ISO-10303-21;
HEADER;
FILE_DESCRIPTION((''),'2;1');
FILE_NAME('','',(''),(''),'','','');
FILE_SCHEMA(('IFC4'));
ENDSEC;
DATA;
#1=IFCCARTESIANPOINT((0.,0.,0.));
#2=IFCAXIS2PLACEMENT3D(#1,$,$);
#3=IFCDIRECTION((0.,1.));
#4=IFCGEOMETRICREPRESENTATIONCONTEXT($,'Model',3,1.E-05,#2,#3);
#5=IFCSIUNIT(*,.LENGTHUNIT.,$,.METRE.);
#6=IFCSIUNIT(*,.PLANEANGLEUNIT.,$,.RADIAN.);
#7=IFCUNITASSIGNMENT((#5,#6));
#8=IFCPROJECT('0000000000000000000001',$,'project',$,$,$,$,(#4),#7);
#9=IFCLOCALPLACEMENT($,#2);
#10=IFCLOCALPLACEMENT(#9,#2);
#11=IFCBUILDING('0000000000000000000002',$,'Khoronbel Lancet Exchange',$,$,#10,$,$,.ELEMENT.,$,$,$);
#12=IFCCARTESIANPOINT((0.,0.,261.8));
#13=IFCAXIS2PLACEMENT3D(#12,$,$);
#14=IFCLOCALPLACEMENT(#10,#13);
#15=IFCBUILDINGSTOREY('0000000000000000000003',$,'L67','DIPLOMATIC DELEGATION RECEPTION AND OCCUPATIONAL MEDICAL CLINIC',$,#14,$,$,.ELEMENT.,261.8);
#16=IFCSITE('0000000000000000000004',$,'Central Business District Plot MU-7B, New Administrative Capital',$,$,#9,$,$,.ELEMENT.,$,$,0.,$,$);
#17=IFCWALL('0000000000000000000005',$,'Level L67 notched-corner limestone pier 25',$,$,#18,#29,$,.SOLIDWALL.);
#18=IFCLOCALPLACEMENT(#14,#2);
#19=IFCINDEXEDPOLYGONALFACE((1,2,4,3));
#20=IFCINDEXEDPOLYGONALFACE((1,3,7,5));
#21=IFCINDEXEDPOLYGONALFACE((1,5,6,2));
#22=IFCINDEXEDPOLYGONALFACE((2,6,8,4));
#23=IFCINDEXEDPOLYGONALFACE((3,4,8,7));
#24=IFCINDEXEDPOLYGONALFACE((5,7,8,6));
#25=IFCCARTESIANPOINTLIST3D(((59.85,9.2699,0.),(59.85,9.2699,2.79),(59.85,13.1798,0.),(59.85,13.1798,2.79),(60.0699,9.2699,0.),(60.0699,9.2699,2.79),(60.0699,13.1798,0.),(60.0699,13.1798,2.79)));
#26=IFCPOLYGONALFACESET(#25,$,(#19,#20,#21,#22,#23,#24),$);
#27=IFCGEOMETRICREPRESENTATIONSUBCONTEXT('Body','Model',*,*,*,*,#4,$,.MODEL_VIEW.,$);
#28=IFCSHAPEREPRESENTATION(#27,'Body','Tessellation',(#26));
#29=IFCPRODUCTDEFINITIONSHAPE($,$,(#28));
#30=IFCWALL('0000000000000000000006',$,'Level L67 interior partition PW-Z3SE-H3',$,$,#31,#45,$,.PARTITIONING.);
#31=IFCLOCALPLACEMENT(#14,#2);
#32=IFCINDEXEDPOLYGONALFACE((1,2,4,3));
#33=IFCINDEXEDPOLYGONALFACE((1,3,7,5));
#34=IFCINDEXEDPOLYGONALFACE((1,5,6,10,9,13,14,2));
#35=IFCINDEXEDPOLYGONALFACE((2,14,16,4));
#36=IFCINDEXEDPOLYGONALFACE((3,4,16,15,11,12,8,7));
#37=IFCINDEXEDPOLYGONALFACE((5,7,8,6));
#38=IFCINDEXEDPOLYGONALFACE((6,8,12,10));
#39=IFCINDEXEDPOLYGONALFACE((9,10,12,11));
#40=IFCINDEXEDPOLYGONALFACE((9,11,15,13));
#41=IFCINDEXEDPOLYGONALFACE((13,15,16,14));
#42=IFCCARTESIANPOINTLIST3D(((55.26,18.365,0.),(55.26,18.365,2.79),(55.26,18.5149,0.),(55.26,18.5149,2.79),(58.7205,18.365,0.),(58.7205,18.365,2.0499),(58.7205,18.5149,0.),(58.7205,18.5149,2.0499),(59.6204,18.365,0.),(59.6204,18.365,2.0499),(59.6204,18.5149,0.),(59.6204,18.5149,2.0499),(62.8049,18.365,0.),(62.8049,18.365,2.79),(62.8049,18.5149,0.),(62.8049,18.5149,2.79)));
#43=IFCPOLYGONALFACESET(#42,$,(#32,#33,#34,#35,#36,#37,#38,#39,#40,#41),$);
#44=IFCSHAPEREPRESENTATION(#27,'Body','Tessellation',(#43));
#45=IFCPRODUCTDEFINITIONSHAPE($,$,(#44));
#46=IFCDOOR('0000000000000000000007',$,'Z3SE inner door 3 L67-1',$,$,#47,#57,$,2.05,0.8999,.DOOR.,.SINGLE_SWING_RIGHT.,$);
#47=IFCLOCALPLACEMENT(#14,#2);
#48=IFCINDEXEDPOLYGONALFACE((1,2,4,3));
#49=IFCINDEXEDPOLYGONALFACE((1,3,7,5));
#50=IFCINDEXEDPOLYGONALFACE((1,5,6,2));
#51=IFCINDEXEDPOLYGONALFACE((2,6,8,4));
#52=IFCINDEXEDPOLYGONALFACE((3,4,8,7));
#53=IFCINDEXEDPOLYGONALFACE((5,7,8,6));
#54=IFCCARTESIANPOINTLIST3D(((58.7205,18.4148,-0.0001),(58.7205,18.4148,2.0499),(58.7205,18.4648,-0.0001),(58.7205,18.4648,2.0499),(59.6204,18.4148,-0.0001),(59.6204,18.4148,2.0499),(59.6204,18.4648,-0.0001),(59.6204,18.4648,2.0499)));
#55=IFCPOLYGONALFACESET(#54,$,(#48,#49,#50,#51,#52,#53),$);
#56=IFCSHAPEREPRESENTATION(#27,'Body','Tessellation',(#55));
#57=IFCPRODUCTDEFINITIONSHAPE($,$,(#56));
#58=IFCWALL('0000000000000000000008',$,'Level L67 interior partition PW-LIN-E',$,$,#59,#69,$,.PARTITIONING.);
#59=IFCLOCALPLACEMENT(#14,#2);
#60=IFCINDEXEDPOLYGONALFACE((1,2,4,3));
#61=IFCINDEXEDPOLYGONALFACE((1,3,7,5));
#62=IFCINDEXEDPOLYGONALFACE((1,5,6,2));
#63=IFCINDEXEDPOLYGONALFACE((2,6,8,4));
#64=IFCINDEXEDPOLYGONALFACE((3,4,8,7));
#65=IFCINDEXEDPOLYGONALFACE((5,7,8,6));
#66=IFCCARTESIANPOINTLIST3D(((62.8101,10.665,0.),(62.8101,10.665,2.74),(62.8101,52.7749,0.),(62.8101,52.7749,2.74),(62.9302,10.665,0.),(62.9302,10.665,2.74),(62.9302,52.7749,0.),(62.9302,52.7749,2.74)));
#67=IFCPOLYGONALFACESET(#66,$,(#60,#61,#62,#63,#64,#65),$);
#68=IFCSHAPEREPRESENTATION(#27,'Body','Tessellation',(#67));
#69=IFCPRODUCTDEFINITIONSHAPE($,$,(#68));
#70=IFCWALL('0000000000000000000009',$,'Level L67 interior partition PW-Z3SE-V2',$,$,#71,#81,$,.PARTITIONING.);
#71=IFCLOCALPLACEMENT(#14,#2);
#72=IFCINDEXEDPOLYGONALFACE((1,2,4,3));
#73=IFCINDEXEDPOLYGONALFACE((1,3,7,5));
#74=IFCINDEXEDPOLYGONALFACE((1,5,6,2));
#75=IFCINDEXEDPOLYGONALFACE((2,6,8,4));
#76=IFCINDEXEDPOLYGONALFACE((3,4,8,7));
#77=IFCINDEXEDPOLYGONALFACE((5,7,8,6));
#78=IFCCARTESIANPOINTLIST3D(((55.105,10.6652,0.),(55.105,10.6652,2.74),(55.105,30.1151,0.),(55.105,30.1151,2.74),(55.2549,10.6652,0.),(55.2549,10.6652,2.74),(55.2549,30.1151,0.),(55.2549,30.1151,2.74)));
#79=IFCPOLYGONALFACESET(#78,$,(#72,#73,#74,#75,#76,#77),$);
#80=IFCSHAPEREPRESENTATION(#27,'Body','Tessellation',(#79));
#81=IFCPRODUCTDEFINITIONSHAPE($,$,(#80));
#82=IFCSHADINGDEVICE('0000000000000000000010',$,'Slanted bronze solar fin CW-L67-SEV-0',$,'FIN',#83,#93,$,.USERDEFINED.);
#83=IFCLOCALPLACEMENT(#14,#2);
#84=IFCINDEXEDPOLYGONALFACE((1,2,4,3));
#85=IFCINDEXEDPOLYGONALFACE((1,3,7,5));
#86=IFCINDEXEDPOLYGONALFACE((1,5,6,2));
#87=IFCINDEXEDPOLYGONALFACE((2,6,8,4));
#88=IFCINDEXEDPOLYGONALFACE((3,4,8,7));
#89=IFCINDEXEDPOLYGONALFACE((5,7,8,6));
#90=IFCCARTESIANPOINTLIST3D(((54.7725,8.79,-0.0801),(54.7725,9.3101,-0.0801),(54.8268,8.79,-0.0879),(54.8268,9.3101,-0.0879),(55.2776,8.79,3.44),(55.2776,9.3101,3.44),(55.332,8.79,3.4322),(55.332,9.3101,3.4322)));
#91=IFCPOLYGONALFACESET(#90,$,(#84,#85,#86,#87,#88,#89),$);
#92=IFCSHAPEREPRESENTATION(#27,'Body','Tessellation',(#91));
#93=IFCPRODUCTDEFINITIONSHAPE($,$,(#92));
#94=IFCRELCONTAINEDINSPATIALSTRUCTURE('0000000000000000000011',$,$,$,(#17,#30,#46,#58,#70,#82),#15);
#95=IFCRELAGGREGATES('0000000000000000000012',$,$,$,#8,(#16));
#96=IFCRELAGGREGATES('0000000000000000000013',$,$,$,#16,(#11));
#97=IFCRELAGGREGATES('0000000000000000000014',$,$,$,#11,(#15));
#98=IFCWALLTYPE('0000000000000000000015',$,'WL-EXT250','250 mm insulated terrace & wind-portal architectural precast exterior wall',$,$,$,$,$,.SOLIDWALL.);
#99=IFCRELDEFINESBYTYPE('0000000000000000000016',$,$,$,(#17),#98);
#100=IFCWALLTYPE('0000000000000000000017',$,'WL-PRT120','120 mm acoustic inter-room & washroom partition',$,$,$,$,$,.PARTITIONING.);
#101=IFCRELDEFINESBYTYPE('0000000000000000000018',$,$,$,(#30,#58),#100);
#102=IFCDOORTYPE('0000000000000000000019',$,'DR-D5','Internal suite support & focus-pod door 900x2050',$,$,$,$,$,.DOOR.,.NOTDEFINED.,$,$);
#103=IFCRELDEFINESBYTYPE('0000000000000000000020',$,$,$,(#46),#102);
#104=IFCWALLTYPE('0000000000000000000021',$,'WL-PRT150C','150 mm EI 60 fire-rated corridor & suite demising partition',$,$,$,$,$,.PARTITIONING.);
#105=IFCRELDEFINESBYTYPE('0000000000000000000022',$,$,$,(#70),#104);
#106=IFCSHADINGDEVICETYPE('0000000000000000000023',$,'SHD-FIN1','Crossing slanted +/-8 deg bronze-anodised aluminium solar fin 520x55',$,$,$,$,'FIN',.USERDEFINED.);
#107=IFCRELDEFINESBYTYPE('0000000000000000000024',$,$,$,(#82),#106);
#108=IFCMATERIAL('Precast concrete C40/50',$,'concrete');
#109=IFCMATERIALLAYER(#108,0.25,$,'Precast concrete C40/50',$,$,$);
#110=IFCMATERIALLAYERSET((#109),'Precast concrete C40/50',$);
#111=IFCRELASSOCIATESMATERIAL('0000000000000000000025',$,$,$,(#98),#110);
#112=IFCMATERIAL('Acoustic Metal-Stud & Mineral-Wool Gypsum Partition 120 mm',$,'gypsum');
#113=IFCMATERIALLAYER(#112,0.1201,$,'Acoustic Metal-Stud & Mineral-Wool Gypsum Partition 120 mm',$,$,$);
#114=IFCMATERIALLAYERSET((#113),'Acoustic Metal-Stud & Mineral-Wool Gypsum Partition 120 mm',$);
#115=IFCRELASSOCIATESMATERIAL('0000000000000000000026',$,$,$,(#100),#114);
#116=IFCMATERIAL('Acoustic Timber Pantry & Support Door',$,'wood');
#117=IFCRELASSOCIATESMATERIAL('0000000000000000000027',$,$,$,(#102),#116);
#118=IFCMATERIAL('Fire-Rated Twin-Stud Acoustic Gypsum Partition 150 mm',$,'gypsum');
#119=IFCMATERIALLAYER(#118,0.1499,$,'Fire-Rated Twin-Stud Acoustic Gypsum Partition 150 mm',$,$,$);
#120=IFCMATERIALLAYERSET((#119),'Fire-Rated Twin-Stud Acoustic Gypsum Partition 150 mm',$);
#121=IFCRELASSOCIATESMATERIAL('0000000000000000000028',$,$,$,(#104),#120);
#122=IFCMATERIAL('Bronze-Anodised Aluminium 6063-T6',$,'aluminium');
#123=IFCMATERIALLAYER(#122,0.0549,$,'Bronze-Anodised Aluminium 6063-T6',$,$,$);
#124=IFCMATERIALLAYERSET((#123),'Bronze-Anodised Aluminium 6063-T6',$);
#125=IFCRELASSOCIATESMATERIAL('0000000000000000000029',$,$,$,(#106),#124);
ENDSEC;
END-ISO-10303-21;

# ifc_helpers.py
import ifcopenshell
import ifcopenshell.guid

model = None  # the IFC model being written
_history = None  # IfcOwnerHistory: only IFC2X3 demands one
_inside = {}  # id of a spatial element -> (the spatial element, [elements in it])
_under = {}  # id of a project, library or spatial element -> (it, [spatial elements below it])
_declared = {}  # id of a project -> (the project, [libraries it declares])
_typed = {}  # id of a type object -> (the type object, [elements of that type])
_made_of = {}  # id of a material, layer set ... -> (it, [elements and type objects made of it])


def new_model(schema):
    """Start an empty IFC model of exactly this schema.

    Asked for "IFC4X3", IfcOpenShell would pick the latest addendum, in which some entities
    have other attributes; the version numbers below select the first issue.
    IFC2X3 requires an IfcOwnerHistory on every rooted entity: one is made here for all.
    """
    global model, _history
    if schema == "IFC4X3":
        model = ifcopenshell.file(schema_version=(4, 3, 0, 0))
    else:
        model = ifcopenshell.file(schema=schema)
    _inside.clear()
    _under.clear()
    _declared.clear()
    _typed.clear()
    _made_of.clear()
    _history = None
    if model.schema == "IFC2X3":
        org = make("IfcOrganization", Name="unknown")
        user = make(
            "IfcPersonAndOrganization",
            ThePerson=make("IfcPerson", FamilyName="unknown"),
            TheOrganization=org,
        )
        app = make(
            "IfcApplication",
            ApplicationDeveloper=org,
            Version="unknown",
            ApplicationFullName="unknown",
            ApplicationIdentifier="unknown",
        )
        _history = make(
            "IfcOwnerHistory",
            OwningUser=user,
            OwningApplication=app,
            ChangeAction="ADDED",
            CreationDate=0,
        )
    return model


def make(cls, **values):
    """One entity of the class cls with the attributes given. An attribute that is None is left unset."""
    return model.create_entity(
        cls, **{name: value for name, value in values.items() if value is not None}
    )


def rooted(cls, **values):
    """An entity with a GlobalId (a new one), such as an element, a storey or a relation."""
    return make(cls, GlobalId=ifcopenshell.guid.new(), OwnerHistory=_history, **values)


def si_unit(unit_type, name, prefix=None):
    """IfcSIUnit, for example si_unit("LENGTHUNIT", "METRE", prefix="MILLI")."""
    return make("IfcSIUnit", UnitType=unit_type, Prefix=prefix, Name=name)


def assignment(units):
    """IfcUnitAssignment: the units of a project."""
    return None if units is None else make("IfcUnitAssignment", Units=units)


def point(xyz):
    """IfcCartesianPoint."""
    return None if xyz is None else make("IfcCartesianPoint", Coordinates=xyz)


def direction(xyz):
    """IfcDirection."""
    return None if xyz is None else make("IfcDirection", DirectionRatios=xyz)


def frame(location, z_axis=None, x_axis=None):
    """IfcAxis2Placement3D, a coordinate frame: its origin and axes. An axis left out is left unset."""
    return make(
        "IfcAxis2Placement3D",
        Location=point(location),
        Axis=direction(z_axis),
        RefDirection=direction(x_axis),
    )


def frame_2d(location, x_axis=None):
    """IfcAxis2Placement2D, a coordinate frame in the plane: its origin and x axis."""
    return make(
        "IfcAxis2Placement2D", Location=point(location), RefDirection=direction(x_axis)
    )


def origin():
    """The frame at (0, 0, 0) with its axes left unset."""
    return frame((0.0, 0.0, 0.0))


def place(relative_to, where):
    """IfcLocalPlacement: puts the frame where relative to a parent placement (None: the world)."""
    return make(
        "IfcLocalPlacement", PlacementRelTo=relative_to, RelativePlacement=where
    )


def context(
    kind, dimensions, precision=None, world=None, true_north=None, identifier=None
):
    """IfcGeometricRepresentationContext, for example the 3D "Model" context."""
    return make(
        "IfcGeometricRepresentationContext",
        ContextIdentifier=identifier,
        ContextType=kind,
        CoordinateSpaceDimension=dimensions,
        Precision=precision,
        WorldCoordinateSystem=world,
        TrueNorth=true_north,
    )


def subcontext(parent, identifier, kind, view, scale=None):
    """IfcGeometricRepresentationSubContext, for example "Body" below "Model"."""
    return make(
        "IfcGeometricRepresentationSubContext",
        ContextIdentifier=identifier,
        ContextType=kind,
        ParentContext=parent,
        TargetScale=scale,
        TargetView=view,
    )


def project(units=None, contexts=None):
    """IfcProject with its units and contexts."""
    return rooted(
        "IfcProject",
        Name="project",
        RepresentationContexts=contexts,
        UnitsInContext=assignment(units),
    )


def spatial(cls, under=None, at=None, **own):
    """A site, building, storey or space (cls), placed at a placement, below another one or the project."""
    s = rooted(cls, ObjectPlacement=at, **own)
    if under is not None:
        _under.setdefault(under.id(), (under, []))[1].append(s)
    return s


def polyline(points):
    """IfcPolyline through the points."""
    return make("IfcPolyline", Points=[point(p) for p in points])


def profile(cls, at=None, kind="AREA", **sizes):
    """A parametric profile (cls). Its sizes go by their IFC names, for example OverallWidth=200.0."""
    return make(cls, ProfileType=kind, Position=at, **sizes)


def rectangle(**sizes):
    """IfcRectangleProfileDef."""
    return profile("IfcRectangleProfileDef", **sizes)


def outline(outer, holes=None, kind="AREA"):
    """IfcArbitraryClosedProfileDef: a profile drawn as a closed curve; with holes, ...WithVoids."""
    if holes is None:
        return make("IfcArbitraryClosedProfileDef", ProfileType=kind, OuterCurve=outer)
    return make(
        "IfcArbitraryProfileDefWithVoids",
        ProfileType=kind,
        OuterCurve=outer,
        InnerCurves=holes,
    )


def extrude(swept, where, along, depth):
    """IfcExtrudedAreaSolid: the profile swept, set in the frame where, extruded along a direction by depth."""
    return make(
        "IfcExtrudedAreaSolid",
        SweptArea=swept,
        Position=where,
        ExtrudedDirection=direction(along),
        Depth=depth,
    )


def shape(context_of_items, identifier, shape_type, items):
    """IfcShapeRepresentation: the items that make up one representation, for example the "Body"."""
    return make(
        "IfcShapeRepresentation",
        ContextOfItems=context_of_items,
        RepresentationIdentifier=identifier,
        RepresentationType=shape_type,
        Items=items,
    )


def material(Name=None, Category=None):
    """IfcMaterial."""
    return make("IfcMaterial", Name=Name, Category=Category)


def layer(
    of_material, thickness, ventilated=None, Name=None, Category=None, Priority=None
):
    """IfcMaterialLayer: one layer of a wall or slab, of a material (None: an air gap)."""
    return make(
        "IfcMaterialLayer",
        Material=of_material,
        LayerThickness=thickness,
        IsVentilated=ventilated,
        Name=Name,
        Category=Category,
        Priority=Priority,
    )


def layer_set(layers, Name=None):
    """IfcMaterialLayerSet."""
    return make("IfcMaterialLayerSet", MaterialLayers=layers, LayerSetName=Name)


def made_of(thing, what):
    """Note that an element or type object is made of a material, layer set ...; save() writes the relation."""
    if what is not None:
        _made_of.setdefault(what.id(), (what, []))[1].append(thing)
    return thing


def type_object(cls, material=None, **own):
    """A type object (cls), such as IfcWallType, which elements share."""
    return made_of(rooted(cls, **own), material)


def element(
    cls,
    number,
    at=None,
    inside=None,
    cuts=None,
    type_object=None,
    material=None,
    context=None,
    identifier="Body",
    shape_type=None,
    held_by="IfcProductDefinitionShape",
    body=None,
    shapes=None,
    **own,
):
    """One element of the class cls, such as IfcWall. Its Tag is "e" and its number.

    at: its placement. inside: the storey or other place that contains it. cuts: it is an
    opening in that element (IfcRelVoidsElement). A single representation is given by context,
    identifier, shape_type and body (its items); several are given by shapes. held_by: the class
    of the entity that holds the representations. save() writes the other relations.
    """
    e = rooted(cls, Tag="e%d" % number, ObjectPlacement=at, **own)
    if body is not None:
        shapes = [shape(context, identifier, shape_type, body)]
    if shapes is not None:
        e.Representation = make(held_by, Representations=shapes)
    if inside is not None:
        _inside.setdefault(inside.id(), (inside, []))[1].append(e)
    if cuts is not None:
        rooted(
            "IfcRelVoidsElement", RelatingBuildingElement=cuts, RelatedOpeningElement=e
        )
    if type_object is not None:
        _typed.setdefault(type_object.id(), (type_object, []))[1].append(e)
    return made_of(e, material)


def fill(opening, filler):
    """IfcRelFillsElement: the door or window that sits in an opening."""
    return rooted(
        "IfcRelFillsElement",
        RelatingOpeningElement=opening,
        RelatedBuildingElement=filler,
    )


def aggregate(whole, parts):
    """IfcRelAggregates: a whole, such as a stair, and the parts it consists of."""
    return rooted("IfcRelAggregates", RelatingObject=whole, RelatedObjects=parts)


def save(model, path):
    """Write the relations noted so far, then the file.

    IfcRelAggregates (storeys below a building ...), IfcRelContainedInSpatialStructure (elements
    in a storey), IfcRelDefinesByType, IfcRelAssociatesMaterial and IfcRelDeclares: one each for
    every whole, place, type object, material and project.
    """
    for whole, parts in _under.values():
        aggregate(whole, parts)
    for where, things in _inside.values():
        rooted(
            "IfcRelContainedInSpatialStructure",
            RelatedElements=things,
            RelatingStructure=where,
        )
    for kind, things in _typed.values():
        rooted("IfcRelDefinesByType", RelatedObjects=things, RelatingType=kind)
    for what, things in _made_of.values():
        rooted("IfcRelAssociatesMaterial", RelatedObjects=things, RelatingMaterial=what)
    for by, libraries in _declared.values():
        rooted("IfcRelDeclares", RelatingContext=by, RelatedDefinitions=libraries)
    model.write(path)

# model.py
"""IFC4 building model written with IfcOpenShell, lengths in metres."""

from ifc_helpers import new_model, si_unit, direction, frame, frame_2d, origin, place, context, subcontext, project, spatial, polyline, rectangle, outline, extrude, material, layer, layer_set, type_object, element, fill, save


model = new_model("IFC4")

# Units and contexts
model_context = context("Model", 3, precision=1e-05, world=origin(), true_north=direction((0.0, 1.0)))
body_context = subcontext(model_context, "Body", "Model", "MODEL_VIEW")
ifc_project = project(units=[si_unit("LENGTHUNIT", "METRE"), si_unit("PLANEANGLEUNIT", "RADIAN")], contexts=[model_context])

# Site, building, storey
site_placement = place(None, origin())
site = spatial("IfcSite", under=ifc_project, at=site_placement, Name="Central Business District Plot MU-7B, New Administrative Capital", CompositionType="ELEMENT", RefElevation=0.0)
building_placement = place(site_placement, origin())
building = spatial("IfcBuilding", under=site, at=building_placement, Name="Khoronbel Lancet Exchange", CompositionType="ELEMENT")
storey_placement = place(building_placement, frame((0.0, 0.0, 261.8)))
storey = spatial("IfcBuildingStorey", under=building, at=storey_placement, Name="L67", Description="DIPLOMATIC DELEGATION RECEPTION AND OCCUPATIONAL MEDICAL CLINIC", CompositionType="ELEMENT", Elevation=261.8)

# Shared definitions
ifc_material_1 = material(Name="Bronze-Anodised Aluminium 6063-T6", Category="aluminium")

# Wall
ifc_material_2 = material(Name="Precast concrete C40/50", Category="concrete")
ifc_layer_1 = layer(ifc_material_2, 0.25, Name="Precast concrete C40/50")
ifc_layer_set_1 = layer_set([ifc_layer_1], Name="Precast concrete C40/50")
wall_type_1 = type_object("IfcWallType", Name="WL-EXT250", Description="250 mm insulated terrace & wind-portal architectural precast exterior wall", PredefinedType="SOLIDWALL", material=ifc_layer_set_1)
wall_1_placement = place(storey_placement, frame((59.96, 13.1799, 0.0), z_axis=(0.0, 0.0, 1.0), x_axis=(0.0, -1.0, 0.0)))
element("IfcWall", 1, at=wall_1_placement, inside=storey, type_object=wall_type_1, Name="Level L67 notched-corner limestone pier 25", PredefinedType="SOLIDWALL", context=body_context, shape_type="SweptSolid", body=[
    extrude(rectangle(XDim=3.9099, YDim=0.22, at=frame_2d((1.9551, 0.0))), origin(), (0.0, 0.0, 1.0), 2.79),
])

# Wall, opening, door
ifc_material_3 = material(Name="Acoustic Metal-Stud & Mineral-Wool Gypsum Partition 120 mm", Category="gypsum")
ifc_layer_2 = layer(ifc_material_3, 0.1201, Name="Acoustic Metal-Stud & Mineral-Wool Gypsum Partition 120 mm")
ifc_layer_set_2 = layer_set([ifc_layer_2], Name="Acoustic Metal-Stud & Mineral-Wool Gypsum Partition 120 mm")
wall_type_2 = type_object("IfcWallType", Name="WL-PRT120", Description="120 mm acoustic inter-room & washroom partition", PredefinedType="PARTITIONING", material=ifc_layer_set_2)
wall_2_placement = place(storey_placement, frame((55.26, 18.4399, 0.0), z_axis=(0.0, 0.0, 1.0), x_axis=(1.0, 0.0, 0.0)))
wall_2 = element("IfcWall", 2, at=wall_2_placement, inside=storey, type_object=wall_type_2, Name="Level L67 interior partition PW-Z3SE-H3", PredefinedType="PARTITIONING", context=body_context, shape_type="SweptSolid", body=[
    extrude(rectangle(XDim=7.5449, YDim=0.1499, at=frame_2d((3.7725, 0.0))), origin(), (0.0, 0.0, 1.0), 2.79),
])
opening_placement = place(wall_2_placement, frame((3.4604, 0.0, 0.0)))
opening = element("IfcOpeningElement", 3, at=opening_placement, cuts=wall_2, PredefinedType="OPENING", context=body_context, shape_type="SweptSolid", body=[
    extrude(rectangle(XDim=0.8999, YDim=2.05, at=frame_2d((0.45, 1.0249))), frame((0.0, 0.085, 0.0), z_axis=(0.0, -1.0, 0.0), x_axis=(1.0, 0.0, 0.0)), (0.0, 0.0, 1.0), 0.1699),
])
ifc_material_4 = material(Name="Acoustic Timber Pantry & Support Door", Category="wood")
door_type = type_object("IfcDoorType", Name="DR-D5", Description="Internal suite support & focus-pod door 900x2050", OperationType="NOTDEFINED", PredefinedType="DOOR", material=ifc_material_4)
door_placement = place(opening_placement, origin())
door = element("IfcDoor", 4, at=door_placement, inside=storey, type_object=door_type, Name="Z3SE inner door 3 L67-1", OperationType="SINGLE_SWING_RIGHT", OverallHeight=2.05, OverallWidth=0.8999, PredefinedType="DOOR", context=body_context, shape_type="SweptSolid", body=[
    extrude(rectangle(XDim=0.8999, YDim=2.05, at=frame_2d((0.45, 1.0249))), frame((0.0, 0.0249, 0.0), z_axis=(0.0, -1.0, 0.0), x_axis=(1.0, 0.0, 0.0)), (0.0, 0.0, 1.0), 0.05),
])
fill(opening, door)

# Walls
wall_3_placement = place(storey_placement, frame((62.8701, 10.665, 0.0), z_axis=(0.0, 0.0, 1.0), x_axis=(0.0, 1.0, 0.0)))
element("IfcWall", 5, at=wall_3_placement, inside=storey, type_object=wall_type_2, Name="Level L67 interior partition PW-LIN-E", PredefinedType="PARTITIONING", context=body_context, shape_type="SweptSolid", body=[
    extrude(rectangle(XDim=42.1099, YDim=0.1201, at=frame_2d((21.0549, 0.0))), origin(), (0.0, 0.0, 1.0), 2.74),
])
ifc_material_5 = material(Name="Fire-Rated Twin-Stud Acoustic Gypsum Partition 150 mm", Category="gypsum")
ifc_layer_3 = layer(ifc_material_5, 0.1499, Name="Fire-Rated Twin-Stud Acoustic Gypsum Partition 150 mm")
ifc_layer_set_3 = layer_set([ifc_layer_3], Name="Fire-Rated Twin-Stud Acoustic Gypsum Partition 150 mm")
wall_type_3 = type_object("IfcWallType", Name="WL-PRT150C", Description="150 mm EI 60 fire-rated corridor & suite demising partition", PredefinedType="PARTITIONING", material=ifc_layer_set_3)
wall_4_placement = place(storey_placement, frame((55.1799, 10.665, 0.0), z_axis=(0.0, 0.0, 1.0), x_axis=(0.0, 1.0, 0.0)))
element("IfcWall", 6, at=wall_4_placement, inside=storey, type_object=wall_type_3, Name="Level L67 interior partition PW-Z3SE-V2", PredefinedType="PARTITIONING", context=body_context, shape_type="SweptSolid", body=[
    extrude(rectangle(XDim=19.45, YDim=0.1499, at=frame_2d((9.7251, 0.0))), origin(), (0.0, 0.0, 1.0), 2.74),
])

# Shading device
ifc_layer_4 = layer(ifc_material_1, 0.0549, Name="Bronze-Anodised Aluminium 6063-T6")
ifc_layer_set_4 = layer_set([ifc_layer_4], Name="Bronze-Anodised Aluminium 6063-T6")
shading_device_type = type_object("IfcShadingDeviceType", Name="SHD-FIN1", Description="Crossing slanted +/-8 deg bronze-anodised aluminium solar fin 520x55", ElementType="FIN", PredefinedType="USERDEFINED", material=ifc_layer_set_4)
shading_device_placement = place(storey_placement, frame((54.7725, 9.3101, -0.0801), z_axis=(-0.98986, 0.0, 0.142046), x_axis=(0.0, -1.0, 0.0)))
element("IfcShadingDevice", 7, at=shading_device_placement, inside=storey, type_object=shading_device_type, Name="Slanted bronze solar fin CW-L67-SEV-0", ObjectType="FIN", PredefinedType="USERDEFINED", context=body_context, shape_type="SweptSolid", body=[
    extrude(outline(polyline([(0.0, 0.0), (0.52, 0.0), (0.52, 3.5562), (0.0, 3.5562), (0.0, 0.0)])), origin(), (0.0, 0.0, -1.0), 0.0549),
])

save(model, "model.ifc")
